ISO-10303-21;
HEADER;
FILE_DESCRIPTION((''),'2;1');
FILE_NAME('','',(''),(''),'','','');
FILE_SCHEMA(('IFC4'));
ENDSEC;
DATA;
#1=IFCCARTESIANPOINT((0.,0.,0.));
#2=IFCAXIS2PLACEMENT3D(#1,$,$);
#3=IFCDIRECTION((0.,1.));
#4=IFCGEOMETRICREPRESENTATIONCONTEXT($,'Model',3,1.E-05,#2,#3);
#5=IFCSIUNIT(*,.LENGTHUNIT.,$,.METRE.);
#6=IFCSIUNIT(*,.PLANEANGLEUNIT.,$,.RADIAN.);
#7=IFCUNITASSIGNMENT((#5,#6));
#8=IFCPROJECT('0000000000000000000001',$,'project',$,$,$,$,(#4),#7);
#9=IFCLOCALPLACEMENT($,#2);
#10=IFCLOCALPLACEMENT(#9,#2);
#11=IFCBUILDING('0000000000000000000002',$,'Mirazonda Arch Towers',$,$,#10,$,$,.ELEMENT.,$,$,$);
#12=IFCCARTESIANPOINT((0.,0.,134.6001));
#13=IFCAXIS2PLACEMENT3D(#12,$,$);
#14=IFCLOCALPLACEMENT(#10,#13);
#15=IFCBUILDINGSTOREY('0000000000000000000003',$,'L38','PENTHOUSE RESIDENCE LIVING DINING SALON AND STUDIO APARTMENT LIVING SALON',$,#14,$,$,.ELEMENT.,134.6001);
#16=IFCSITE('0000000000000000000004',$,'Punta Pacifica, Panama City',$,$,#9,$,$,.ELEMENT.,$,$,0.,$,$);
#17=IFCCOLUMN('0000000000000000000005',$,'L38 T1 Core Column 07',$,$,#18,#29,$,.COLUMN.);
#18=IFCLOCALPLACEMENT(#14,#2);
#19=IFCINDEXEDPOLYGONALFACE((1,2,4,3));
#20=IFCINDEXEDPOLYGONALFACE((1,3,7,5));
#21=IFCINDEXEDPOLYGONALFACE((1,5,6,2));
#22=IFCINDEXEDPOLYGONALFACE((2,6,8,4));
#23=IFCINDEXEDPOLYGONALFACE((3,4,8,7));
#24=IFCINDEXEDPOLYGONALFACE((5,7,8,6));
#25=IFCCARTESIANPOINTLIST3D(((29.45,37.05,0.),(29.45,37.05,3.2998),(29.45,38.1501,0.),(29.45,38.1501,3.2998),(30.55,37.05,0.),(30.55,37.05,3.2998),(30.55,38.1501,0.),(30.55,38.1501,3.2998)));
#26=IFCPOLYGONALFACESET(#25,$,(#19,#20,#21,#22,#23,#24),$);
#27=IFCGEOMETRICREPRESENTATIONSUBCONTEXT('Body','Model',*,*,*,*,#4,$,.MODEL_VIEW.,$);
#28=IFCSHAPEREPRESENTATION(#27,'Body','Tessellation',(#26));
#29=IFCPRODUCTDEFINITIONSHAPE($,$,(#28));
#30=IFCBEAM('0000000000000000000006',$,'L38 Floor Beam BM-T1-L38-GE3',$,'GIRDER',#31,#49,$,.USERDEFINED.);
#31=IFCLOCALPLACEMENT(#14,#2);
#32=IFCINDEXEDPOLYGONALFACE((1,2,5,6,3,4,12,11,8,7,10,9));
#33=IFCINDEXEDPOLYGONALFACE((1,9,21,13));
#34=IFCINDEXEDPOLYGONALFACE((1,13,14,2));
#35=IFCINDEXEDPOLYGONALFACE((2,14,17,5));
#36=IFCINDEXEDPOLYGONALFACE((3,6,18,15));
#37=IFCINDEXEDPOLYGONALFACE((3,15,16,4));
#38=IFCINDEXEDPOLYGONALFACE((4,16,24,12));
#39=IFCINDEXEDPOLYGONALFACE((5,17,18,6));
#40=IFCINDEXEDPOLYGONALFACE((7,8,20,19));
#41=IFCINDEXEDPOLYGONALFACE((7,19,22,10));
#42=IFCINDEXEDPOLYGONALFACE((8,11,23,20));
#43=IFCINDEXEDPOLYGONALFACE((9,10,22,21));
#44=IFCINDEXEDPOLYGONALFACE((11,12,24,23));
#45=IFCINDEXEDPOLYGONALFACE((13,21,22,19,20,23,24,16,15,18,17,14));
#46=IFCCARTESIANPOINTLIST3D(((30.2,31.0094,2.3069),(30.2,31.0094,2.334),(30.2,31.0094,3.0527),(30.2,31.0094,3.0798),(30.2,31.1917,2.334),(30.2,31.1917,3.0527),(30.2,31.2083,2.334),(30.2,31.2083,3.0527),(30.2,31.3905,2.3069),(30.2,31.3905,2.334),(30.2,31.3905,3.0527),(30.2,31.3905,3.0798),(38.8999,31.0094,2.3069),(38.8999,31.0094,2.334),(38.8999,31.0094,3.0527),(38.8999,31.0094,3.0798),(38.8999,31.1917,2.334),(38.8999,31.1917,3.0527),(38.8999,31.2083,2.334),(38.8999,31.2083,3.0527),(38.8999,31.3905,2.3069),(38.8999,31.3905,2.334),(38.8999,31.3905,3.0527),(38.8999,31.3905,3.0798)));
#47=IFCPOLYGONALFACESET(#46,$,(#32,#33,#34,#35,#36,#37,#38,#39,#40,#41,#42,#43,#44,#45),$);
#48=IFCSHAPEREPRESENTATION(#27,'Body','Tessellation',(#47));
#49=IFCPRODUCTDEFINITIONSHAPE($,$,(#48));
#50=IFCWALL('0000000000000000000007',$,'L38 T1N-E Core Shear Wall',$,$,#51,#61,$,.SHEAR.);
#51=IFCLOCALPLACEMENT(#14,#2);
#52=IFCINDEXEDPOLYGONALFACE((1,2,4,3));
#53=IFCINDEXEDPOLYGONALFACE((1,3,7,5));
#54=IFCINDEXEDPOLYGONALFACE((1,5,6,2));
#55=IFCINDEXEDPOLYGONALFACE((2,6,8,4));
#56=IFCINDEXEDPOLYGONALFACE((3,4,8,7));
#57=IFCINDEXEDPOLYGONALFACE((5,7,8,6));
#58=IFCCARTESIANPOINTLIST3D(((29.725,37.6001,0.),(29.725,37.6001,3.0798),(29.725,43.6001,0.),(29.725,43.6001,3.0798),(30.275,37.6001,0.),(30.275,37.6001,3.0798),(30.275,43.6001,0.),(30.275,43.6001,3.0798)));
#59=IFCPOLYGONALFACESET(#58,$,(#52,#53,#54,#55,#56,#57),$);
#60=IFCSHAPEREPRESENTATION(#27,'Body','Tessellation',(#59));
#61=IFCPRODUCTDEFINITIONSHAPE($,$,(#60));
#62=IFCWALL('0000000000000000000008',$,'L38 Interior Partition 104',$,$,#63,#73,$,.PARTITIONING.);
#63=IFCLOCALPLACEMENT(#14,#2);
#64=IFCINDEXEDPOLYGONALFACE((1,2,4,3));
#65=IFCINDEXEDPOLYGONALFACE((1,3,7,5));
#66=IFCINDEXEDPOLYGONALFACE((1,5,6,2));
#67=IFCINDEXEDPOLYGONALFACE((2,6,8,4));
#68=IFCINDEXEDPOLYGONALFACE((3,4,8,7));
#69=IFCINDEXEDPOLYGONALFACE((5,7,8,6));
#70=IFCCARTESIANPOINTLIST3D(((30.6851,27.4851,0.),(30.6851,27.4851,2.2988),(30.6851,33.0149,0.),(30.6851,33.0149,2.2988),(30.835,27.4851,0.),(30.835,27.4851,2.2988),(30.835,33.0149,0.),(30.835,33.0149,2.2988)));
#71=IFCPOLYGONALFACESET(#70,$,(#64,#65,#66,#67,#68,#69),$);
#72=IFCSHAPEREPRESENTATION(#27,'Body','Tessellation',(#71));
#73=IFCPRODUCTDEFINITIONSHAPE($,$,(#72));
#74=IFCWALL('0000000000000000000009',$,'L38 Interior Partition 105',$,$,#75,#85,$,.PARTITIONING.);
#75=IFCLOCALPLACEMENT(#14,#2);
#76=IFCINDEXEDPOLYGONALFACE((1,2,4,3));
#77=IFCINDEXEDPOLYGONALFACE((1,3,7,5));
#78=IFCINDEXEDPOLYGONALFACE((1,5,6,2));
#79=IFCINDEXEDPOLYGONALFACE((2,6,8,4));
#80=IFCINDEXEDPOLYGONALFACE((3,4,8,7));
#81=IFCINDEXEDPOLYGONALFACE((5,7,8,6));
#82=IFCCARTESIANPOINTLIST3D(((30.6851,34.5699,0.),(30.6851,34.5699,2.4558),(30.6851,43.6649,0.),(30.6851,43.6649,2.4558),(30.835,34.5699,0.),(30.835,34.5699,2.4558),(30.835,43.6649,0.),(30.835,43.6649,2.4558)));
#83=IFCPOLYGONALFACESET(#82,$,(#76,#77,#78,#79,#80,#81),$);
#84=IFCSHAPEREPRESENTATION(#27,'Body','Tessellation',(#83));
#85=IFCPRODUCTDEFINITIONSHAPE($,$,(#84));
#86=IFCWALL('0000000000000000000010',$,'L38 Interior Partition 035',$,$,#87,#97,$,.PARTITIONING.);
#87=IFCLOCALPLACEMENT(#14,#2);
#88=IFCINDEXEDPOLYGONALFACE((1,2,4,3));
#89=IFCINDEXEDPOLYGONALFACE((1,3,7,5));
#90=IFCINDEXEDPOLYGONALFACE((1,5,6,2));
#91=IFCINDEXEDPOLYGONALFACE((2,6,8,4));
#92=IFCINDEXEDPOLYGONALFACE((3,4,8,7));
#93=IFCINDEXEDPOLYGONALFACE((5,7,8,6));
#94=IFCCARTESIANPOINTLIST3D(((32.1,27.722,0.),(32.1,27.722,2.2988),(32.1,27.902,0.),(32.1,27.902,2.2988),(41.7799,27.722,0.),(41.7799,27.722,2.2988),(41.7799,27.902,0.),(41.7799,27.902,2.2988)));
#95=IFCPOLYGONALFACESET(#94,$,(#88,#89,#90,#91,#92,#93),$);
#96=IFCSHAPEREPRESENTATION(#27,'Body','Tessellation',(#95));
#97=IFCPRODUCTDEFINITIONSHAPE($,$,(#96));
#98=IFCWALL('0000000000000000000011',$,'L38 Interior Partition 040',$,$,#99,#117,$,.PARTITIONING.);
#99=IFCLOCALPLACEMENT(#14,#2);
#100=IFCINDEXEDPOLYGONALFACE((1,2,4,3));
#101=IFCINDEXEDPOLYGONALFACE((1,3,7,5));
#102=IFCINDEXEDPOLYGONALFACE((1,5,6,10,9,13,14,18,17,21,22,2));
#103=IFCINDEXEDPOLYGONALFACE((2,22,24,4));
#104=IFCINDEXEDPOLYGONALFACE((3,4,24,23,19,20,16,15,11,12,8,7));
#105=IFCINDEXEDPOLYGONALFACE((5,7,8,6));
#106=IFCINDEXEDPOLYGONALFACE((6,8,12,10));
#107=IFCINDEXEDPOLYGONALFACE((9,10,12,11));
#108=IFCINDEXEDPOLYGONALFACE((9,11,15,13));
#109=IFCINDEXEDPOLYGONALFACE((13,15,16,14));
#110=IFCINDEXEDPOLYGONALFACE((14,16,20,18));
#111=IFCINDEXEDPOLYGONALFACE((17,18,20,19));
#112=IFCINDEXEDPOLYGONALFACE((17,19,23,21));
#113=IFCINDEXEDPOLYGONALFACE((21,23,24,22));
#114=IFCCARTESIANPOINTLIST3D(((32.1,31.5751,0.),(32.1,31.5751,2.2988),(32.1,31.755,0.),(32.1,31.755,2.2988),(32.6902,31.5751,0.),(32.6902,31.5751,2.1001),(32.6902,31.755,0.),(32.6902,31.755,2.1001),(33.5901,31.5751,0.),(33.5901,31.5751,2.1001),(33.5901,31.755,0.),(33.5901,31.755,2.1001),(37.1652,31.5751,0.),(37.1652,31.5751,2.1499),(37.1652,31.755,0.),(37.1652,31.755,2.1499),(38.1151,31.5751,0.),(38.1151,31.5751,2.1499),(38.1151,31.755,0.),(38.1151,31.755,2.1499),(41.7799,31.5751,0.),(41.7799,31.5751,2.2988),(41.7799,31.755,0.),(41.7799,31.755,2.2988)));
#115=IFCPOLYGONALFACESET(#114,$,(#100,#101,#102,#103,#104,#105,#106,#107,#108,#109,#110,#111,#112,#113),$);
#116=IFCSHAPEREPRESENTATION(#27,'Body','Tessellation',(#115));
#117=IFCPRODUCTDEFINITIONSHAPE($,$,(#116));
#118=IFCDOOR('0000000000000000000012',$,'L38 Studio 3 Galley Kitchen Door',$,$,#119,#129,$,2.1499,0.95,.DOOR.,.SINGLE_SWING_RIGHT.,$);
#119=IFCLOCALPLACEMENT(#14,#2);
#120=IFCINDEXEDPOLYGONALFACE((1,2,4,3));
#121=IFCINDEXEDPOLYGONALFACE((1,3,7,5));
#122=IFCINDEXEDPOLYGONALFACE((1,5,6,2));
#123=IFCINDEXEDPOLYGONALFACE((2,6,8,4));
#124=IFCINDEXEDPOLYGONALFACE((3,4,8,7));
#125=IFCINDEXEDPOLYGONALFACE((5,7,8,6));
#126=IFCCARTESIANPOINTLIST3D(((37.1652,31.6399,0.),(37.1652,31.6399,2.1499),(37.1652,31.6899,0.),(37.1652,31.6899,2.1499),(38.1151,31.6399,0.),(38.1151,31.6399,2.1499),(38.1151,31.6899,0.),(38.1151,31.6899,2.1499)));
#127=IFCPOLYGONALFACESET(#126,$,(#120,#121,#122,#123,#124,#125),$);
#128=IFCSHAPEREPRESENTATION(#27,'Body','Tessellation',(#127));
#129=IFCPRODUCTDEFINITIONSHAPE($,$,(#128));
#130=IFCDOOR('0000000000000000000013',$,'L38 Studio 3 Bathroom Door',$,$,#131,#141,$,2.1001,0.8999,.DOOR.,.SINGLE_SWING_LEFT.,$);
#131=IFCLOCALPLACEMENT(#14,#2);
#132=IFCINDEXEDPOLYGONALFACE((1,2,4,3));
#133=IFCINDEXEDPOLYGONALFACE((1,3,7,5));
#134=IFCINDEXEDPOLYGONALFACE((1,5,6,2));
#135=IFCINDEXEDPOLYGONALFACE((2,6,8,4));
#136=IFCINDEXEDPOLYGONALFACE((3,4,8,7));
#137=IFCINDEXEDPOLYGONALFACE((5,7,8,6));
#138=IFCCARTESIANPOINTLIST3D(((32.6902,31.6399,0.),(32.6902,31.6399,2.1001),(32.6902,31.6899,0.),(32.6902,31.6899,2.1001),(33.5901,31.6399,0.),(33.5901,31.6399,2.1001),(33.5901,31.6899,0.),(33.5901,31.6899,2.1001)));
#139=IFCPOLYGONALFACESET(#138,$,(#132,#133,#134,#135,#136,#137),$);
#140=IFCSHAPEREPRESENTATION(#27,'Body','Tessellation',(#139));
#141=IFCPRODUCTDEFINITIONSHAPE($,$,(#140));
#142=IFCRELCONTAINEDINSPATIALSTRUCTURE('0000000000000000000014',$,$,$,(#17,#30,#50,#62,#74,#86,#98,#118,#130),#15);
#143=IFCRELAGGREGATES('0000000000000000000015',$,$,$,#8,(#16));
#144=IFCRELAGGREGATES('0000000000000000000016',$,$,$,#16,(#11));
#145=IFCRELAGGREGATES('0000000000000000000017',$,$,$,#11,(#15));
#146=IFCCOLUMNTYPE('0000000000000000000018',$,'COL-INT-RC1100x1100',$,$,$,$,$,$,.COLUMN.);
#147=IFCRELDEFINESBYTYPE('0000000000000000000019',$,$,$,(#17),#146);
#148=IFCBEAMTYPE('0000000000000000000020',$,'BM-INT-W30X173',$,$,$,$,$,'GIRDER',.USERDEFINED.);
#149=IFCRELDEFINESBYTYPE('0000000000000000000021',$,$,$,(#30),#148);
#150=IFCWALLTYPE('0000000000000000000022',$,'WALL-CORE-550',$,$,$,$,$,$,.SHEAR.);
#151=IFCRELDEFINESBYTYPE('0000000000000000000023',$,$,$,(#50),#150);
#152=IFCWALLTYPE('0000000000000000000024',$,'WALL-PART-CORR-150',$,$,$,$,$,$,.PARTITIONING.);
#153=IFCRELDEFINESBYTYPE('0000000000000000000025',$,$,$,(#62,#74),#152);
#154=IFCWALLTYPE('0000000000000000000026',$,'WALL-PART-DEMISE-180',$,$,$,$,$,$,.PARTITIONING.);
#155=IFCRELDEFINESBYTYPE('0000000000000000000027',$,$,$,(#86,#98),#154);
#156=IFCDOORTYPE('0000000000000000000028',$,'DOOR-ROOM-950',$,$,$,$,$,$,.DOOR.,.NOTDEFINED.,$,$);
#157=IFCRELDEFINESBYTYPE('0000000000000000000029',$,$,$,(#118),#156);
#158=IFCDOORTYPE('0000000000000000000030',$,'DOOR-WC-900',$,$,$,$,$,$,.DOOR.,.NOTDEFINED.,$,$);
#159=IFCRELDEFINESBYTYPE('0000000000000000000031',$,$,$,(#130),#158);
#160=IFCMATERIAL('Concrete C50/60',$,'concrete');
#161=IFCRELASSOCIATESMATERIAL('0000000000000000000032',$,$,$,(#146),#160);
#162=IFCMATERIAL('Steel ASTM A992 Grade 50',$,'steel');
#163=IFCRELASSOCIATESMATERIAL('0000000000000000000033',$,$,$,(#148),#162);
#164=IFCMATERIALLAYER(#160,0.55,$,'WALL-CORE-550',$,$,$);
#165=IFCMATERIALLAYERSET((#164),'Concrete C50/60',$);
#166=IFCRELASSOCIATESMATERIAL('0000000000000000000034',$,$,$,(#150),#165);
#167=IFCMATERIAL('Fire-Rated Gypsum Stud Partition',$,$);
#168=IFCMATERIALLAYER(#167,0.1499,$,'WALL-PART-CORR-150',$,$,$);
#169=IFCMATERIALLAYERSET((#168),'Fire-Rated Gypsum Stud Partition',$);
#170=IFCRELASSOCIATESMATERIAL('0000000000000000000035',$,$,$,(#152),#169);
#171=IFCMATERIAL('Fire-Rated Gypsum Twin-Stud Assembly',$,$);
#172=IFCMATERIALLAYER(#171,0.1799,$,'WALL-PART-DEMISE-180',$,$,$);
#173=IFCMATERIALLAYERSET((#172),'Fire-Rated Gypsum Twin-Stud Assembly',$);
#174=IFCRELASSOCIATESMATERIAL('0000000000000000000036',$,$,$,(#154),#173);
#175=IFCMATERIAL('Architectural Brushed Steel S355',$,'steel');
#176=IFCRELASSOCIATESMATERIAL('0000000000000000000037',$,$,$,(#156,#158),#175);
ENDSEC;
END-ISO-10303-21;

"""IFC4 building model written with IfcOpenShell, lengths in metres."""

from ifc_helpers import new_model, si_unit, direction, frame, frame_2d, origin, origin_2d, place, context, subcontext, project, spatial, rectangle, i_section, extrude, material, layer, layer_set, material_profile, profile_set, type_object, element, fill, save


model = new_model("IFC4")

# Units and contexts
model_context = context("Model", 3, precision=1e-05, world=origin(), true_north=direction((0.0, 1.0)))
body_context = subcontext(model_context, "Body", "Model", "MODEL_VIEW")
ifc_project = project(units=[si_unit("LENGTHUNIT", "METRE"), si_unit("PLANEANGLEUNIT", "RADIAN")], contexts=[model_context])

# Site, building, storey
site_placement = place(None, origin())
site = spatial("IfcSite", under=ifc_project, at=site_placement, Name="Punta Pacifica, Panama City", CompositionType="ELEMENT", RefElevation=0.0)
building_placement = place(site_placement, origin())
building = spatial("IfcBuilding", under=site, at=building_placement, Name="Mirazonda Arch Towers", CompositionType="ELEMENT")
storey_placement = place(building_placement, frame((0.0, 0.0, 134.6001)))
storey = spatial("IfcBuildingStorey", under=building, at=storey_placement, Name="L38", Description="PENTHOUSE RESIDENCE LIVING DINING SALON AND STUDIO APARTMENT LIVING SALON", CompositionType="ELEMENT", Elevation=134.6001)

# Column
ifc_material_1 = material(Name="Concrete C50/60", Category="concrete")
ifc_material_profile_1 = material_profile(ifc_material_1, rectangle(XDim=1.1001, YDim=1.1001, at=origin_2d()), Name="RC1100x1100")
ifc_profile_set_1 = profile_set([ifc_material_profile_1], Name="Concrete C50/60")
column_type = type_object("IfcColumnType", Name="COL-INT-RC1100x1100", PredefinedType="COLUMN", material=ifc_profile_set_1)
column_placement = place(storey_placement, frame((30.0, 37.6001, 0.0), z_axis=(0.0, 0.0, 1.0), x_axis=(1.0, 0.0, 0.0)))
element("IfcColumn", 1, at=column_placement, inside=storey, type_object=column_type, Name="L38 T1 Core Column 07", PredefinedType="COLUMN", context=body_context, shape_type="SweptSolid", body=[
    extrude(rectangle(XDim=1.1001, YDim=1.1001, at=origin_2d()), origin(), (0.0, 0.0, 1.0), 3.2998),
])

# Beam
ifc_material_2 = material(Name="Steel ASTM A992 Grade 50", Category="steel")
ifc_material_profile_2 = material_profile(ifc_material_2, i_section(OverallWidth=0.3811, OverallDepth=0.7729, WebThickness=0.0166, FlangeThickness=0.0271, at=origin_2d()), Name="W30X173")
ifc_profile_set_2 = profile_set([ifc_material_profile_2], Name="Steel ASTM A992 Grade 50")
beam_type = type_object("IfcBeamType", Name="BM-INT-W30X173", ElementType="GIRDER", PredefinedType="USERDEFINED", material=ifc_profile_set_2)
beam_placement = place(storey_placement, frame((30.2, 31.2, 2.6934), z_axis=(1.0, 0.0, 0.0), x_axis=(0.0, 1.0, 0.0)))
element("IfcBeam", 2, at=beam_placement, inside=storey, type_object=beam_type, Name="L38 Floor Beam BM-T1-L38-GE3", ObjectType="GIRDER", PredefinedType="USERDEFINED", context=body_context, shape_type="SweptSolid", body=[
    extrude(i_section(OverallWidth=0.3811, OverallDepth=0.7729, WebThickness=0.0166, FlangeThickness=0.0271, at=origin_2d()), origin(), (0.0, 0.0, 1.0), 8.7),
])

# Walls
ifc_layer_1 = layer(ifc_material_1, 0.55, Name="WALL-CORE-550")
ifc_layer_set_1 = layer_set([ifc_layer_1], Name="Concrete C50/60")
wall_type_1 = type_object("IfcWallType", Name="WALL-CORE-550", PredefinedType="SHEAR", material=ifc_layer_set_1)
wall_1_placement = place(storey_placement, frame((30.0, 37.6001, 0.0), z_axis=(0.0, 0.0, 1.0), x_axis=(0.0, 1.0, 0.0)))
element("IfcWall", 3, at=wall_1_placement, inside=storey, type_object=wall_type_1, Name="L38 T1N-E Core Shear Wall", PredefinedType="SHEAR", context=body_context, shape_type="SweptSolid", body=[
    extrude(rectangle(XDim=6.0, YDim=0.55, at=frame_2d((3.0, 0.0))), origin(), (0.0, 0.0, 1.0), 3.0798),
])
ifc_material_3 = material(Name="Fire-Rated Gypsum Stud Partition")
ifc_layer_2 = layer(ifc_material_3, 0.1499, Name="WALL-PART-CORR-150")
ifc_layer_set_2 = layer_set([ifc_layer_2], Name="Fire-Rated Gypsum Stud Partition")
wall_type_2 = type_object("IfcWallType", Name="WALL-PART-CORR-150", PredefinedType="PARTITIONING", material=ifc_layer_set_2)
wall_2_placement = place(storey_placement, frame((30.76, 27.4851, 0.0), z_axis=(0.0, 0.0, 1.0), x_axis=(0.0, 1.0, 0.0)))
element("IfcWall", 4, at=wall_2_placement, inside=storey, type_object=wall_type_2, Name="L38 Interior Partition 104", PredefinedType="PARTITIONING", context=body_context, shape_type="SweptSolid", body=[
    extrude(rectangle(XDim=5.5298, YDim=0.1499, at=frame_2d((2.7649, 0.0))), origin(), (0.0, 0.0, 1.0), 2.2988),
])
wall_3_placement = place(storey_placement, frame((30.76, 34.5701, 0.0), z_axis=(0.0, 0.0, 1.0), x_axis=(0.0, 1.0, 0.0)))
element("IfcWall", 5, at=wall_3_placement, inside=storey, type_object=wall_type_2, Name="L38 Interior Partition 105", PredefinedType="PARTITIONING", context=body_context, shape_type="SweptSolid", body=[
    extrude(rectangle(XDim=9.095, YDim=0.1499, at=frame_2d((4.5474, 0.0))), origin(), (0.0, 0.0, 1.0), 2.4558),
])
ifc_material_4 = material(Name="Fire-Rated Gypsum Twin-Stud Assembly")
ifc_layer_3 = layer(ifc_material_4, 0.1799, Name="WALL-PART-DEMISE-180")
ifc_layer_set_3 = layer_set([ifc_layer_3], Name="Fire-Rated Gypsum Twin-Stud Assembly")
wall_type_3 = type_object("IfcWallType", Name="WALL-PART-DEMISE-180", PredefinedType="PARTITIONING", material=ifc_layer_set_3)
wall_4_placement = place(storey_placement, frame((32.1001, 27.812, 0.0), z_axis=(0.0, 0.0, 1.0), x_axis=(1.0, 0.0, 0.0)))
element("IfcWall", 6, at=wall_4_placement, inside=storey, type_object=wall_type_3, Name="L38 Interior Partition 035", PredefinedType="PARTITIONING", context=body_context, shape_type="SweptSolid", body=[
    extrude(rectangle(XDim=9.6799, YDim=0.1799, at=frame_2d((4.8398, 0.0))), origin(), (0.0, 0.0, 1.0), 2.2988),
])

# Wall, openings, doors
wall_5_placement = place(storey_placement, frame((32.1001, 31.665, 0.0), z_axis=(0.0, 0.0, 1.0), x_axis=(1.0, 0.0, 0.0)))
wall_5 = element("IfcWall", 7, at=wall_5_placement, inside=storey, type_object=wall_type_3, Name="L38 Interior Partition 040", PredefinedType="PARTITIONING", context=body_context, shape_type="SweptSolid", body=[
    extrude(rectangle(XDim=9.6799, YDim=0.1799, at=frame_2d((4.8398, 0.0))), origin(), (0.0, 0.0, 1.0), 2.2988),
])
opening_1_placement = place(wall_5_placement, frame((5.0649, 0.0, 0.0)))
opening_1 = element("IfcOpeningElement", 8, at=opening_1_placement, cuts=wall_5, PredefinedType="OPENING", context=body_context, shape_type="SweptSolid", body=[
    extrude(rectangle(XDim=0.95, YDim=2.1499, at=frame_2d((0.4751, 1.075))), frame((0.0, 0.0999, 0.0), z_axis=(0.0, -1.0, 0.0), x_axis=(1.0, 0.0, 0.0)), (0.0, 0.0, 1.0), 0.2),
])
opening_2_placement = place(wall_5_placement, frame((0.5901, 0.0, 0.0)))
opening_2 = element("IfcOpeningElement", 9, at=opening_2_placement, cuts=wall_5, PredefinedType="OPENING", context=body_context, shape_type="SweptSolid", body=[
    extrude(rectangle(XDim=0.8999, YDim=2.1001, at=frame_2d((0.45, 1.05))), frame((0.0, 0.0999, 0.0), z_axis=(0.0, -1.0, 0.0), x_axis=(1.0, 0.0, 0.0)), (0.0, 0.0, 1.0), 0.2),
])
ifc_material_5 = material(Name="Architectural Brushed Steel S355", Category="steel")
door_type_1 = type_object("IfcDoorType", Name="DOOR-ROOM-950", OperationType="NOTDEFINED", PredefinedType="DOOR", material=ifc_material_5)
door_1_placement = place(opening_1_placement, origin())
door_1 = element("IfcDoor", 10, at=door_1_placement, inside=storey, type_object=door_type_1, Name="L38 Studio 3 Galley Kitchen Door", OperationType="SINGLE_SWING_RIGHT", OverallHeight=2.1499, OverallWidth=0.95, PredefinedType="DOOR", context=body_context, shape_type="SweptSolid", body=[
    extrude(rectangle(XDim=0.95, YDim=2.1499, at=frame_2d((0.4751, 1.075))), frame((0.0, 0.0249, 0.0), z_axis=(0.0, -1.0, 0.0), x_axis=(1.0, 0.0, 0.0)), (0.0, 0.0, 1.0), 0.05),
])
fill(opening_1, door_1)
door_type_2 = type_object("IfcDoorType", Name="DOOR-WC-900", OperationType="NOTDEFINED", PredefinedType="DOOR", material=ifc_material_5)
door_2_placement = place(opening_2_placement, origin())
door_2 = element("IfcDoor", 11, at=door_2_placement, inside=storey, type_object=door_type_2, Name="L38 Studio 3 Bathroom Door", OperationType="SINGLE_SWING_LEFT", OverallHeight=2.1001, OverallWidth=0.8999, PredefinedType="DOOR", context=body_context, shape_type="SweptSolid", body=[
    extrude(rectangle(XDim=0.8999, YDim=2.1001, at=frame_2d((0.45, 1.05))), frame((0.0, 0.0249, 0.0), z_axis=(0.0, -1.0, 0.0), x_axis=(1.0, 0.0, 0.0)), (0.0, 0.0, 1.0), 0.05),
])
fill(opening_2, door_2)

save(model, "model.ifc")
